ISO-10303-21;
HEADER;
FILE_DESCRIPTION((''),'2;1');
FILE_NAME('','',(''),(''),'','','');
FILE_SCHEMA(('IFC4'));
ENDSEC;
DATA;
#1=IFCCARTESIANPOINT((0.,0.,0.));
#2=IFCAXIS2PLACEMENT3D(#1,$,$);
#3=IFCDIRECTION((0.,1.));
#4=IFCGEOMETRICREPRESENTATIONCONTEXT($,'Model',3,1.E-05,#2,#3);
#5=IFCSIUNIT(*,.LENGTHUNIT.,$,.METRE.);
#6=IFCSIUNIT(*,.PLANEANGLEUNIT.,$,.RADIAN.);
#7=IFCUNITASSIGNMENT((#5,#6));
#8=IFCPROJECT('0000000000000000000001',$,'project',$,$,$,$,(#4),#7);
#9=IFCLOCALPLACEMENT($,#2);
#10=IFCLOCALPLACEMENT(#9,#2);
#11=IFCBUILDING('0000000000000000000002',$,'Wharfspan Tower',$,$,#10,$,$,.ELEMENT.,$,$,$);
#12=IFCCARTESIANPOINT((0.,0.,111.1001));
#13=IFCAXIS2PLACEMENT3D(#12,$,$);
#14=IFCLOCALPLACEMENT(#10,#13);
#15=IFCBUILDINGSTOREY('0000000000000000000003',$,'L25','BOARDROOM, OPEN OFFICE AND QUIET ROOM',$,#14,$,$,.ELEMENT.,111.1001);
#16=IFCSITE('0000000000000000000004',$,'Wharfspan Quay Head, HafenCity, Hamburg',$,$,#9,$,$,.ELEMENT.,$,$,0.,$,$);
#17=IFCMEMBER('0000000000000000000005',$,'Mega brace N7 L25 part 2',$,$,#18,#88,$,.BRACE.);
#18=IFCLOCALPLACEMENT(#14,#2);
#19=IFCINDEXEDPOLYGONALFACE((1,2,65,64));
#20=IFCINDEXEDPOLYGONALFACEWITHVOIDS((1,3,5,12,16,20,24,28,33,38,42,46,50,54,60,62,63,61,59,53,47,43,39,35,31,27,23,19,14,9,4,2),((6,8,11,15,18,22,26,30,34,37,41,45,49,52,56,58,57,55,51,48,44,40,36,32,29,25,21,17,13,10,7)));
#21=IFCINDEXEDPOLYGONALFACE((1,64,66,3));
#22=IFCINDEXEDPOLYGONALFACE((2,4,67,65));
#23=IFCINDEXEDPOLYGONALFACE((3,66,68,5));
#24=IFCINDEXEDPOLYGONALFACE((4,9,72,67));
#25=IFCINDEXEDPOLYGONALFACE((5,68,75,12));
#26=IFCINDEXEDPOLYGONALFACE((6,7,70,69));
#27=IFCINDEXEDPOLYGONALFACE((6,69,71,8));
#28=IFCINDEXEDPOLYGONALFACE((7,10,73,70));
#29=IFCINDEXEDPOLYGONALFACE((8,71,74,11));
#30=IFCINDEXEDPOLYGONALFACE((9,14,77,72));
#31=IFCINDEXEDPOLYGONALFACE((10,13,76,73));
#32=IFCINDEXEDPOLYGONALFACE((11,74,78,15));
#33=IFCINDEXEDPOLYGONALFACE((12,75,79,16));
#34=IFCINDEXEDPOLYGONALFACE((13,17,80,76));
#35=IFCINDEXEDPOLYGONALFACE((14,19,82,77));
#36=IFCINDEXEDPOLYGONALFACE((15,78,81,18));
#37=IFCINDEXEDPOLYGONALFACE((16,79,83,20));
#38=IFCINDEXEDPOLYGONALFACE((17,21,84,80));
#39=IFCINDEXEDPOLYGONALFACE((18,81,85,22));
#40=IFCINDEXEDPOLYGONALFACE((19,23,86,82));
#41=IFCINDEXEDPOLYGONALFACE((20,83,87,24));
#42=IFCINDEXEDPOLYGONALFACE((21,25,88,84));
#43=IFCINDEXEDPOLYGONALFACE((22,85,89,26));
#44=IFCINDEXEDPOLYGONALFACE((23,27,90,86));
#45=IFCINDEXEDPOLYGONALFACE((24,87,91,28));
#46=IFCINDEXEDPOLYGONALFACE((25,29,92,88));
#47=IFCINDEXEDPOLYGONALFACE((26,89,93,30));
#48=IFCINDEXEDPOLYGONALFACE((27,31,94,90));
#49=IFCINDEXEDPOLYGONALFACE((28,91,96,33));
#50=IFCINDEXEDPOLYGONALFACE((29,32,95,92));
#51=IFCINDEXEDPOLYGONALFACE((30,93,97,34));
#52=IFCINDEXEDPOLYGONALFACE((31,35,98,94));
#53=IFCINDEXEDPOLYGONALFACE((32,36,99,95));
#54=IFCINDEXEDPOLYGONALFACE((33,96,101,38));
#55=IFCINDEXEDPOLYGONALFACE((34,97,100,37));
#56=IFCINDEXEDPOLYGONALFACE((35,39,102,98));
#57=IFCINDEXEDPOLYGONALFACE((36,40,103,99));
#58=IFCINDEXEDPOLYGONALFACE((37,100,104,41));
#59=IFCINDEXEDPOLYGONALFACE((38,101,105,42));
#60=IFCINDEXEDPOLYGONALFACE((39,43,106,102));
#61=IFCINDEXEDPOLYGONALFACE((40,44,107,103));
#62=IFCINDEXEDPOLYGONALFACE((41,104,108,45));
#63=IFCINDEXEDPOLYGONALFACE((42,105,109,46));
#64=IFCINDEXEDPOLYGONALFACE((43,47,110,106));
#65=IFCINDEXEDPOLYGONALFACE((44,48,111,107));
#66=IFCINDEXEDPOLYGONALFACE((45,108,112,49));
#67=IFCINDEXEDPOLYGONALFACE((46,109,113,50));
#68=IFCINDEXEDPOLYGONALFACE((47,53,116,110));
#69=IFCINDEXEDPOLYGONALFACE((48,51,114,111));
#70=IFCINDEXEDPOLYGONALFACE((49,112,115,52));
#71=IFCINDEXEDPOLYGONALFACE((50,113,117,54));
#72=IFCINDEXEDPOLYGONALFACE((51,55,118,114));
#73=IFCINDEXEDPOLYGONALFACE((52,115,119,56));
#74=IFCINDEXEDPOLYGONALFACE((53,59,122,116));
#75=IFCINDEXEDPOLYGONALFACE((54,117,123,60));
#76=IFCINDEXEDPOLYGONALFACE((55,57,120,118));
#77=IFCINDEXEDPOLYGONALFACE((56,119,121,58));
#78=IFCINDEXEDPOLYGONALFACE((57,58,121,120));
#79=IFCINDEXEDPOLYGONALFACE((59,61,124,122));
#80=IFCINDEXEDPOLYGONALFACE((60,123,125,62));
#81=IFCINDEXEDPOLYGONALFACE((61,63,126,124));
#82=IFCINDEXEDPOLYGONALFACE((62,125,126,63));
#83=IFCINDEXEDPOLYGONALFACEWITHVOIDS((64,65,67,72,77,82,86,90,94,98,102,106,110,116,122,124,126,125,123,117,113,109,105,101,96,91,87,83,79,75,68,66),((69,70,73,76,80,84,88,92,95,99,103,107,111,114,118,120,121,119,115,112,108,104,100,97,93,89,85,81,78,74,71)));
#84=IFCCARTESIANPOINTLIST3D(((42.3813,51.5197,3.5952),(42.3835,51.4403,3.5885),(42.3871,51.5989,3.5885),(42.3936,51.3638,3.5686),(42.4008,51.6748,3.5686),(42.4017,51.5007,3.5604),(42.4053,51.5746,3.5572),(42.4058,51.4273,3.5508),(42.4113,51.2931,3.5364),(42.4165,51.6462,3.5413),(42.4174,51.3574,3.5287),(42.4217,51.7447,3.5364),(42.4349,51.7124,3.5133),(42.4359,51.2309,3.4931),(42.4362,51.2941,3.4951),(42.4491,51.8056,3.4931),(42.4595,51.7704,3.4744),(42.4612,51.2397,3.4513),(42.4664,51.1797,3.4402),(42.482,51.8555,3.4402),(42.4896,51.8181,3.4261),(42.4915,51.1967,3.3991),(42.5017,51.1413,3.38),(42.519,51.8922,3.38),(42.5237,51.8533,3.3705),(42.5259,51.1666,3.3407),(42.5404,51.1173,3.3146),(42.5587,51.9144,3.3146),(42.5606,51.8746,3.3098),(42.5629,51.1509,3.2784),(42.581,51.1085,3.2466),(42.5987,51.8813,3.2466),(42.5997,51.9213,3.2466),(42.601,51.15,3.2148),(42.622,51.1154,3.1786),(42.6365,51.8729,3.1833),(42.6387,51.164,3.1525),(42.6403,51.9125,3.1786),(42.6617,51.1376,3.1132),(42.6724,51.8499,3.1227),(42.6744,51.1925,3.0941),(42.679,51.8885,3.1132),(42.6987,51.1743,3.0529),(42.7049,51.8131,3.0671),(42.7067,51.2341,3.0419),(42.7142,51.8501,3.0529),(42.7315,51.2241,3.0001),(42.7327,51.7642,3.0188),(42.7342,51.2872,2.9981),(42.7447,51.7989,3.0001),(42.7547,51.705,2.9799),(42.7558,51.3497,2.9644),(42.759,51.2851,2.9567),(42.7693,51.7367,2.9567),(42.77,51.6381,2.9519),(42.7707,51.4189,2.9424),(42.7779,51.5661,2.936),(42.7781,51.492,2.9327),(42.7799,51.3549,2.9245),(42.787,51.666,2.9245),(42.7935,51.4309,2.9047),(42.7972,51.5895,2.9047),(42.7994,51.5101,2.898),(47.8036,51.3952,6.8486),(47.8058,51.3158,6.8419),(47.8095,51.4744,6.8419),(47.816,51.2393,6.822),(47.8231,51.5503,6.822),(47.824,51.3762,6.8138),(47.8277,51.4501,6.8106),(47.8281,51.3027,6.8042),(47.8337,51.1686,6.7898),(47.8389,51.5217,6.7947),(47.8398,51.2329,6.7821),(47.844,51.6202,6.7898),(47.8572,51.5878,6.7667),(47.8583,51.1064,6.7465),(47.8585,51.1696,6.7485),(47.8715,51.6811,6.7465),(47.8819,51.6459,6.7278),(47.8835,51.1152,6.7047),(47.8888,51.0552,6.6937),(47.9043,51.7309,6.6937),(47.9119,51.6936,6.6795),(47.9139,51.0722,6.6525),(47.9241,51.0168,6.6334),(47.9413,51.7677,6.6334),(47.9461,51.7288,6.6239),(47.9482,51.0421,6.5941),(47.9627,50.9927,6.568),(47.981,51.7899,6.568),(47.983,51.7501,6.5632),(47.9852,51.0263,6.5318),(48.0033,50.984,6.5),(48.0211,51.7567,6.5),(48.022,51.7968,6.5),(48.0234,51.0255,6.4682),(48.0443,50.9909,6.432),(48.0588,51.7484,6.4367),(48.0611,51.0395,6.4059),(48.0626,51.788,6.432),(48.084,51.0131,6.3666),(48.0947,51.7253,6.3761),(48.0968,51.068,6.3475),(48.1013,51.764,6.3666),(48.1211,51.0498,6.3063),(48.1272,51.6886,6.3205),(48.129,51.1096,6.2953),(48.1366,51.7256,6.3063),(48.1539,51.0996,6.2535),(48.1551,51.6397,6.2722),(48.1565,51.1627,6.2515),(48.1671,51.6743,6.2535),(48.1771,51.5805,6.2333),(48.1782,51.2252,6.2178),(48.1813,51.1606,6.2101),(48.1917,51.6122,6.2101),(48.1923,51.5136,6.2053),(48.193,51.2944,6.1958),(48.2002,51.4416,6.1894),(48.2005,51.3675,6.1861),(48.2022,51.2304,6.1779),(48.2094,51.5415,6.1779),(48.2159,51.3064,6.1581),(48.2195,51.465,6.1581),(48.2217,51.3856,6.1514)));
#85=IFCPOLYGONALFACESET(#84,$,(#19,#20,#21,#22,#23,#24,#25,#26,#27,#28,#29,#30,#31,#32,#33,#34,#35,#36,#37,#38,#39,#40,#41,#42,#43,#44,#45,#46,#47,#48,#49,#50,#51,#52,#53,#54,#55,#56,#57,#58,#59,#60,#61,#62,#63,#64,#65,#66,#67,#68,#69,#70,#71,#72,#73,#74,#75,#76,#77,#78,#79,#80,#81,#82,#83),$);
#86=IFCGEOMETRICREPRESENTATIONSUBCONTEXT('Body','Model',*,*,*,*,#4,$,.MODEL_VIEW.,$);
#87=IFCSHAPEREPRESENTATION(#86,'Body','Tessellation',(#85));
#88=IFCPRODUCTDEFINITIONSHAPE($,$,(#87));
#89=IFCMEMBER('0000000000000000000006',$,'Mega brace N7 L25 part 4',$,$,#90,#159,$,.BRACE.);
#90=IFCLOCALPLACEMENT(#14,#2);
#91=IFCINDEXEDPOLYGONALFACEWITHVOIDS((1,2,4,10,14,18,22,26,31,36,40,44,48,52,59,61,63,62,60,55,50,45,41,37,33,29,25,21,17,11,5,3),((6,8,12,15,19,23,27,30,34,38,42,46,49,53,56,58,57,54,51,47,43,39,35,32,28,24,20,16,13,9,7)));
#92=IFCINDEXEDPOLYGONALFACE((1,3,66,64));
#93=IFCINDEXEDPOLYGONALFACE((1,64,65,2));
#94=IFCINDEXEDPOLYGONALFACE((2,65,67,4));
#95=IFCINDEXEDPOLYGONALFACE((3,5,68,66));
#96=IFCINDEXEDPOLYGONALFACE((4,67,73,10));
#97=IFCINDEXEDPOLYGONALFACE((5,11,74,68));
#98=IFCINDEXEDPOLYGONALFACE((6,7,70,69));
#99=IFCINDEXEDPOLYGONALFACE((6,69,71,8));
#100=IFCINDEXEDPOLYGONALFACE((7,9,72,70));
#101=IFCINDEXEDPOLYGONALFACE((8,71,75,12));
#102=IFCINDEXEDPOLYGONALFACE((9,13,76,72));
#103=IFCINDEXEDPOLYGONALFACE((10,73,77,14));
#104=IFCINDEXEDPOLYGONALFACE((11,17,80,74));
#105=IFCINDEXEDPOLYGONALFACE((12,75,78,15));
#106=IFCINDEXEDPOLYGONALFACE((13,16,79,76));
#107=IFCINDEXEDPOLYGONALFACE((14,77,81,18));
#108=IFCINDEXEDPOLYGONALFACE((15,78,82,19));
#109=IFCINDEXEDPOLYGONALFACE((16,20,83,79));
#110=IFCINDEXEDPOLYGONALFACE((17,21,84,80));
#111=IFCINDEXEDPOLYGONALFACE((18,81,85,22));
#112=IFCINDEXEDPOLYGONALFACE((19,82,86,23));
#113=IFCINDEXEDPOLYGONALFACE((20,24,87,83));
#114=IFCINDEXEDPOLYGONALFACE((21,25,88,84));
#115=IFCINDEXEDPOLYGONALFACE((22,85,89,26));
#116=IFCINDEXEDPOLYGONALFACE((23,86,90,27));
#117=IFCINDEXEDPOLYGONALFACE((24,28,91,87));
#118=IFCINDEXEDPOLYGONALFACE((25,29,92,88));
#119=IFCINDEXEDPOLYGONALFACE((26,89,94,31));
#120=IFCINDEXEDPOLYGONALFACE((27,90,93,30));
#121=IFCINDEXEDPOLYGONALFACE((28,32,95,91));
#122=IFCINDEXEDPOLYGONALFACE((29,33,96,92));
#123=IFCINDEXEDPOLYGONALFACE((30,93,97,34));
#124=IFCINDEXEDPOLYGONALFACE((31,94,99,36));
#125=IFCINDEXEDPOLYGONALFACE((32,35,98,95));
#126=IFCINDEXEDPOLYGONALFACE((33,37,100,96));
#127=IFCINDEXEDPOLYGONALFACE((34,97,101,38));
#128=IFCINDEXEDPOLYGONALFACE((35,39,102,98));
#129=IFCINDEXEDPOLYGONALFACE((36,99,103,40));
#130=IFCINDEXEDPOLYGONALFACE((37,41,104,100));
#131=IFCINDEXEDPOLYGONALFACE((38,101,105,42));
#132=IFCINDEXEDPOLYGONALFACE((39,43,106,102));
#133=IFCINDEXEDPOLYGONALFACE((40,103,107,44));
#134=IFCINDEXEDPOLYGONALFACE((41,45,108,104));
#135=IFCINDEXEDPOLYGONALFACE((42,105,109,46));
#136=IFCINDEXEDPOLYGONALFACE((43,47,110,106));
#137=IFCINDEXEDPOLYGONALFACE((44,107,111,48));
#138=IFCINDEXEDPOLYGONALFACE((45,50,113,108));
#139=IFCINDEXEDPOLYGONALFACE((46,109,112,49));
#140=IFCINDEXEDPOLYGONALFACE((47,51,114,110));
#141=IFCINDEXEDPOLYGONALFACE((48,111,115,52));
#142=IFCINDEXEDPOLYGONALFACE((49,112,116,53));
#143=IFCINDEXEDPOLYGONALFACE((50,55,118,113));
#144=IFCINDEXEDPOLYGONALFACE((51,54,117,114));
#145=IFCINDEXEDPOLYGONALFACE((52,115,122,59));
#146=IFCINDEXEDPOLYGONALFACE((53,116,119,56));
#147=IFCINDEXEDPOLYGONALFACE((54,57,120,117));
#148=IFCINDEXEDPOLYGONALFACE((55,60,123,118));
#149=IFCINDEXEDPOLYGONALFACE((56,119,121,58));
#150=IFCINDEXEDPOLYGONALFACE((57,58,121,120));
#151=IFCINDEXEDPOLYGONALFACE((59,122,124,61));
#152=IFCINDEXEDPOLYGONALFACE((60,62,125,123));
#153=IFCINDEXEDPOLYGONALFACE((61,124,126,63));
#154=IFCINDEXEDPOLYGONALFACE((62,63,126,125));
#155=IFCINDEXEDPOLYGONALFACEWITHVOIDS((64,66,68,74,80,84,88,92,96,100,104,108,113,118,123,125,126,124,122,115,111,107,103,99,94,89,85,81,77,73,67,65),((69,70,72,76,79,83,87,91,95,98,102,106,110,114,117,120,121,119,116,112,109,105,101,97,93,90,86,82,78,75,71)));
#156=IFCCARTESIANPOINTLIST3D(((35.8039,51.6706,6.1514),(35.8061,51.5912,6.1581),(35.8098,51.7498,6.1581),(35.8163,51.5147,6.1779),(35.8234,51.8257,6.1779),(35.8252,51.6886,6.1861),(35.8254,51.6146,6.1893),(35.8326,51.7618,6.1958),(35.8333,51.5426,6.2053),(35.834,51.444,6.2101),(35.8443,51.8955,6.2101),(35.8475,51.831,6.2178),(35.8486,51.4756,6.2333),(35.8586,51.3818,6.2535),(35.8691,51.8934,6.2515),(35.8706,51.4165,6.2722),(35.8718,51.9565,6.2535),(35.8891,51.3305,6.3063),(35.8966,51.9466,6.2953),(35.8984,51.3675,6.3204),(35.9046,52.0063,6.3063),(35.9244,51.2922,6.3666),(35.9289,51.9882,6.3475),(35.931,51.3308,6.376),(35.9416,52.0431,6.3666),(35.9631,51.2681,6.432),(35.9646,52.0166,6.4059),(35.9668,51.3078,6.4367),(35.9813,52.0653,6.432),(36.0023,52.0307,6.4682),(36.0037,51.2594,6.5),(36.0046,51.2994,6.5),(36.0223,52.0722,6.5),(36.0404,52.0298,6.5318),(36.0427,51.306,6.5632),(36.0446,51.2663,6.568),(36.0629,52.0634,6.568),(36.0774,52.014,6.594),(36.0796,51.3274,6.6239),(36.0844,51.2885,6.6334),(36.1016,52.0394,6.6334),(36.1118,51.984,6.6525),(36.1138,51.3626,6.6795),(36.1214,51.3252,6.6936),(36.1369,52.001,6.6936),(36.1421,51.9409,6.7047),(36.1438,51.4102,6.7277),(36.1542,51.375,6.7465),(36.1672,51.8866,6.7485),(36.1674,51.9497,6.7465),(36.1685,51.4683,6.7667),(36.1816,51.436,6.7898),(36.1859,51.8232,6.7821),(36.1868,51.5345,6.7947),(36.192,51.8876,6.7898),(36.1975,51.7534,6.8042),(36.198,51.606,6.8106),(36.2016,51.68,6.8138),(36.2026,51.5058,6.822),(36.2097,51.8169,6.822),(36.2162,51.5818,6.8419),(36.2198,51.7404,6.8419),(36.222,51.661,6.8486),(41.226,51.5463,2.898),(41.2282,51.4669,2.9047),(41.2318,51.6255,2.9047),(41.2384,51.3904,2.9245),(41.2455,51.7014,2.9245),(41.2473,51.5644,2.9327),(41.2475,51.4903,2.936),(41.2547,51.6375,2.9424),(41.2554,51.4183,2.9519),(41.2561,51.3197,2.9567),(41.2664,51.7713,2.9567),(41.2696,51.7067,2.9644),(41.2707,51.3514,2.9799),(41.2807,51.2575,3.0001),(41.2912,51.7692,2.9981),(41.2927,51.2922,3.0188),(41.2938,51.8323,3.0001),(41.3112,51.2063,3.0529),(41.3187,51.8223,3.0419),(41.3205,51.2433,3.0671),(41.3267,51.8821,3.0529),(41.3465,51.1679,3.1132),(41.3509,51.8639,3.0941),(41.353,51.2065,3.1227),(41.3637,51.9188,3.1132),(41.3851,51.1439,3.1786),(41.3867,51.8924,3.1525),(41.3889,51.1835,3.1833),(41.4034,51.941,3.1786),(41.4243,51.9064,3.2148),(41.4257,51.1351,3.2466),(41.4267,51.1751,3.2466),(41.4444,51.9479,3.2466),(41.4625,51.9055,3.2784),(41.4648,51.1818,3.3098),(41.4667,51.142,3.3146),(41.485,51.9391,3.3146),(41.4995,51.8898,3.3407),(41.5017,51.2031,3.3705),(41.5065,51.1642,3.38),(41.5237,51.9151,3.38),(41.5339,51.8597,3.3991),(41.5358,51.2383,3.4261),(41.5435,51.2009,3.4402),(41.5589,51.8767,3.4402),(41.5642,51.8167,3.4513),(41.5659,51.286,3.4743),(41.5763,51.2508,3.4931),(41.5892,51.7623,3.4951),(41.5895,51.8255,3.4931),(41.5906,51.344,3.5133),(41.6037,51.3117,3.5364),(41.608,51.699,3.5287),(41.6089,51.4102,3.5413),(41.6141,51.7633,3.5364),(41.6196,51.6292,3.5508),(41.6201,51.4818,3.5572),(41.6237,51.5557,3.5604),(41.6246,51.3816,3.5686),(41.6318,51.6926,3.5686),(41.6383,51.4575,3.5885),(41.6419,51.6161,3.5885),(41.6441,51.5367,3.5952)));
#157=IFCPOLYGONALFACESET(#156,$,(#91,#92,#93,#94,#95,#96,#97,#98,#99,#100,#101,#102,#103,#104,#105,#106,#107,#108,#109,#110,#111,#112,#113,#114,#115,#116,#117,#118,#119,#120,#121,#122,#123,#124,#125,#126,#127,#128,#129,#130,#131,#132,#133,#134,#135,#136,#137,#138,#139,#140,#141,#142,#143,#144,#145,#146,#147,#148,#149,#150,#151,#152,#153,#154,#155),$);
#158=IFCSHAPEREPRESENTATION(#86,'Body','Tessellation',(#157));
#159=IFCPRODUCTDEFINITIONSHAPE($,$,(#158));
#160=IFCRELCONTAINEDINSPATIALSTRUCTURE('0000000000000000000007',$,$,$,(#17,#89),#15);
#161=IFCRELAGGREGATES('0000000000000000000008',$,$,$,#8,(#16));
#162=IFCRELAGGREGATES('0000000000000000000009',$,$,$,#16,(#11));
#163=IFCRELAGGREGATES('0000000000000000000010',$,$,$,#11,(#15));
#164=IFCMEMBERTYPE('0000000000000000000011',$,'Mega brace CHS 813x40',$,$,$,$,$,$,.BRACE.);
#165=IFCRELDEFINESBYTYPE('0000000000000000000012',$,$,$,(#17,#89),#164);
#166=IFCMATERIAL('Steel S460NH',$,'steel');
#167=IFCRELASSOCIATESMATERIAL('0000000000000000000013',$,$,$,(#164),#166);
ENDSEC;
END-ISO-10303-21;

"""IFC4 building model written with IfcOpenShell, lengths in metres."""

from ifc_helpers import new_model, si_unit, direction, frame, origin, origin_2d, place, context, subcontext, project, spatial, hollow_circle, extrude, material, material_profile, profile_set, type_object, element, save


model = new_model("IFC4")

# Units and contexts
model_context = context("Model", 3, precision=1e-05, world=origin(), true_north=direction((0.0, 1.0)))
body_context = subcontext(model_context, "Body", "Model", "MODEL_VIEW")
ifc_project = project(units=[si_unit("LENGTHUNIT", "METRE"), si_unit("PLANEANGLEUNIT", "RADIAN")], contexts=[model_context])

# Site, building, storey
site_placement = place(None, origin())
site = spatial("IfcSite", under=ifc_project, at=site_placement, Name="Wharfspan Quay Head, HafenCity, Hamburg", CompositionType="ELEMENT", RefElevation=0.0)
building_placement = place(site_placement, origin())
building = spatial("IfcBuilding", under=site, at=building_placement, Name="Wharfspan Tower", CompositionType="ELEMENT")
storey_placement = place(building_placement, frame((0.0, 0.0, 111.1001)))
storey = spatial("IfcBuildingStorey", under=building, at=storey_placement, Name="L25", Description="BOARDROOM, OPEN OFFICE AND QUIET ROOM", CompositionType="ELEMENT", Elevation=111.1001)

# Members
ifc_material_1 = material(Name="Steel S460NH", Category="steel")
ifc_material_profile_1 = material_profile(ifc_material_1, hollow_circle(Radius=0.4065, WallThickness=0.04, at=origin_2d()))
ifc_profile_set_1 = profile_set([ifc_material_profile_1], Name="Steel S460NH")
member_type = type_object("IfcMemberType", Name="Mega brace CHS 813x40", PredefinedType="BRACE", material=ifc_profile_set_1)
member_1_placement = place(storey_placement, frame((42.5903, 51.5149, 3.2466), z_axis=(0.857327, -0.019686, 0.514396), x_axis=(0.022956, 0.999736, 0.0)))
element("IfcMember", 1, at=member_1_placement, inside=storey, type_object=member_type, Name="Mega brace N7 L25 part 2", PredefinedType="BRACE", context=body_context, shape_type="SweptSolid", body=[
    extrude(hollow_circle(Radius=0.4065, WallThickness=0.04, at=origin_2d()), origin(), (0.0, 0.0, 1.0), 6.3247),
])
member_2_placement = place(storey_placement, frame((41.4351, 51.5415, 3.2466), z_axis=(-0.857317, 0.019649, 0.514413), x_axis=(-0.022912, -0.999739, 0.000002)))
element("IfcMember", 2, at=member_2_placement, inside=storey, type_object=member_type, Name="Mega brace N7 L25 part 4", PredefinedType="BRACE", context=body_context, shape_type="SweptSolid", body=[
    extrude(hollow_circle(Radius=0.4065, WallThickness=0.04, at=origin_2d()), origin(), (0.0, 0.0, 1.0), 6.3245),
])

save(model, "model.ifc")
